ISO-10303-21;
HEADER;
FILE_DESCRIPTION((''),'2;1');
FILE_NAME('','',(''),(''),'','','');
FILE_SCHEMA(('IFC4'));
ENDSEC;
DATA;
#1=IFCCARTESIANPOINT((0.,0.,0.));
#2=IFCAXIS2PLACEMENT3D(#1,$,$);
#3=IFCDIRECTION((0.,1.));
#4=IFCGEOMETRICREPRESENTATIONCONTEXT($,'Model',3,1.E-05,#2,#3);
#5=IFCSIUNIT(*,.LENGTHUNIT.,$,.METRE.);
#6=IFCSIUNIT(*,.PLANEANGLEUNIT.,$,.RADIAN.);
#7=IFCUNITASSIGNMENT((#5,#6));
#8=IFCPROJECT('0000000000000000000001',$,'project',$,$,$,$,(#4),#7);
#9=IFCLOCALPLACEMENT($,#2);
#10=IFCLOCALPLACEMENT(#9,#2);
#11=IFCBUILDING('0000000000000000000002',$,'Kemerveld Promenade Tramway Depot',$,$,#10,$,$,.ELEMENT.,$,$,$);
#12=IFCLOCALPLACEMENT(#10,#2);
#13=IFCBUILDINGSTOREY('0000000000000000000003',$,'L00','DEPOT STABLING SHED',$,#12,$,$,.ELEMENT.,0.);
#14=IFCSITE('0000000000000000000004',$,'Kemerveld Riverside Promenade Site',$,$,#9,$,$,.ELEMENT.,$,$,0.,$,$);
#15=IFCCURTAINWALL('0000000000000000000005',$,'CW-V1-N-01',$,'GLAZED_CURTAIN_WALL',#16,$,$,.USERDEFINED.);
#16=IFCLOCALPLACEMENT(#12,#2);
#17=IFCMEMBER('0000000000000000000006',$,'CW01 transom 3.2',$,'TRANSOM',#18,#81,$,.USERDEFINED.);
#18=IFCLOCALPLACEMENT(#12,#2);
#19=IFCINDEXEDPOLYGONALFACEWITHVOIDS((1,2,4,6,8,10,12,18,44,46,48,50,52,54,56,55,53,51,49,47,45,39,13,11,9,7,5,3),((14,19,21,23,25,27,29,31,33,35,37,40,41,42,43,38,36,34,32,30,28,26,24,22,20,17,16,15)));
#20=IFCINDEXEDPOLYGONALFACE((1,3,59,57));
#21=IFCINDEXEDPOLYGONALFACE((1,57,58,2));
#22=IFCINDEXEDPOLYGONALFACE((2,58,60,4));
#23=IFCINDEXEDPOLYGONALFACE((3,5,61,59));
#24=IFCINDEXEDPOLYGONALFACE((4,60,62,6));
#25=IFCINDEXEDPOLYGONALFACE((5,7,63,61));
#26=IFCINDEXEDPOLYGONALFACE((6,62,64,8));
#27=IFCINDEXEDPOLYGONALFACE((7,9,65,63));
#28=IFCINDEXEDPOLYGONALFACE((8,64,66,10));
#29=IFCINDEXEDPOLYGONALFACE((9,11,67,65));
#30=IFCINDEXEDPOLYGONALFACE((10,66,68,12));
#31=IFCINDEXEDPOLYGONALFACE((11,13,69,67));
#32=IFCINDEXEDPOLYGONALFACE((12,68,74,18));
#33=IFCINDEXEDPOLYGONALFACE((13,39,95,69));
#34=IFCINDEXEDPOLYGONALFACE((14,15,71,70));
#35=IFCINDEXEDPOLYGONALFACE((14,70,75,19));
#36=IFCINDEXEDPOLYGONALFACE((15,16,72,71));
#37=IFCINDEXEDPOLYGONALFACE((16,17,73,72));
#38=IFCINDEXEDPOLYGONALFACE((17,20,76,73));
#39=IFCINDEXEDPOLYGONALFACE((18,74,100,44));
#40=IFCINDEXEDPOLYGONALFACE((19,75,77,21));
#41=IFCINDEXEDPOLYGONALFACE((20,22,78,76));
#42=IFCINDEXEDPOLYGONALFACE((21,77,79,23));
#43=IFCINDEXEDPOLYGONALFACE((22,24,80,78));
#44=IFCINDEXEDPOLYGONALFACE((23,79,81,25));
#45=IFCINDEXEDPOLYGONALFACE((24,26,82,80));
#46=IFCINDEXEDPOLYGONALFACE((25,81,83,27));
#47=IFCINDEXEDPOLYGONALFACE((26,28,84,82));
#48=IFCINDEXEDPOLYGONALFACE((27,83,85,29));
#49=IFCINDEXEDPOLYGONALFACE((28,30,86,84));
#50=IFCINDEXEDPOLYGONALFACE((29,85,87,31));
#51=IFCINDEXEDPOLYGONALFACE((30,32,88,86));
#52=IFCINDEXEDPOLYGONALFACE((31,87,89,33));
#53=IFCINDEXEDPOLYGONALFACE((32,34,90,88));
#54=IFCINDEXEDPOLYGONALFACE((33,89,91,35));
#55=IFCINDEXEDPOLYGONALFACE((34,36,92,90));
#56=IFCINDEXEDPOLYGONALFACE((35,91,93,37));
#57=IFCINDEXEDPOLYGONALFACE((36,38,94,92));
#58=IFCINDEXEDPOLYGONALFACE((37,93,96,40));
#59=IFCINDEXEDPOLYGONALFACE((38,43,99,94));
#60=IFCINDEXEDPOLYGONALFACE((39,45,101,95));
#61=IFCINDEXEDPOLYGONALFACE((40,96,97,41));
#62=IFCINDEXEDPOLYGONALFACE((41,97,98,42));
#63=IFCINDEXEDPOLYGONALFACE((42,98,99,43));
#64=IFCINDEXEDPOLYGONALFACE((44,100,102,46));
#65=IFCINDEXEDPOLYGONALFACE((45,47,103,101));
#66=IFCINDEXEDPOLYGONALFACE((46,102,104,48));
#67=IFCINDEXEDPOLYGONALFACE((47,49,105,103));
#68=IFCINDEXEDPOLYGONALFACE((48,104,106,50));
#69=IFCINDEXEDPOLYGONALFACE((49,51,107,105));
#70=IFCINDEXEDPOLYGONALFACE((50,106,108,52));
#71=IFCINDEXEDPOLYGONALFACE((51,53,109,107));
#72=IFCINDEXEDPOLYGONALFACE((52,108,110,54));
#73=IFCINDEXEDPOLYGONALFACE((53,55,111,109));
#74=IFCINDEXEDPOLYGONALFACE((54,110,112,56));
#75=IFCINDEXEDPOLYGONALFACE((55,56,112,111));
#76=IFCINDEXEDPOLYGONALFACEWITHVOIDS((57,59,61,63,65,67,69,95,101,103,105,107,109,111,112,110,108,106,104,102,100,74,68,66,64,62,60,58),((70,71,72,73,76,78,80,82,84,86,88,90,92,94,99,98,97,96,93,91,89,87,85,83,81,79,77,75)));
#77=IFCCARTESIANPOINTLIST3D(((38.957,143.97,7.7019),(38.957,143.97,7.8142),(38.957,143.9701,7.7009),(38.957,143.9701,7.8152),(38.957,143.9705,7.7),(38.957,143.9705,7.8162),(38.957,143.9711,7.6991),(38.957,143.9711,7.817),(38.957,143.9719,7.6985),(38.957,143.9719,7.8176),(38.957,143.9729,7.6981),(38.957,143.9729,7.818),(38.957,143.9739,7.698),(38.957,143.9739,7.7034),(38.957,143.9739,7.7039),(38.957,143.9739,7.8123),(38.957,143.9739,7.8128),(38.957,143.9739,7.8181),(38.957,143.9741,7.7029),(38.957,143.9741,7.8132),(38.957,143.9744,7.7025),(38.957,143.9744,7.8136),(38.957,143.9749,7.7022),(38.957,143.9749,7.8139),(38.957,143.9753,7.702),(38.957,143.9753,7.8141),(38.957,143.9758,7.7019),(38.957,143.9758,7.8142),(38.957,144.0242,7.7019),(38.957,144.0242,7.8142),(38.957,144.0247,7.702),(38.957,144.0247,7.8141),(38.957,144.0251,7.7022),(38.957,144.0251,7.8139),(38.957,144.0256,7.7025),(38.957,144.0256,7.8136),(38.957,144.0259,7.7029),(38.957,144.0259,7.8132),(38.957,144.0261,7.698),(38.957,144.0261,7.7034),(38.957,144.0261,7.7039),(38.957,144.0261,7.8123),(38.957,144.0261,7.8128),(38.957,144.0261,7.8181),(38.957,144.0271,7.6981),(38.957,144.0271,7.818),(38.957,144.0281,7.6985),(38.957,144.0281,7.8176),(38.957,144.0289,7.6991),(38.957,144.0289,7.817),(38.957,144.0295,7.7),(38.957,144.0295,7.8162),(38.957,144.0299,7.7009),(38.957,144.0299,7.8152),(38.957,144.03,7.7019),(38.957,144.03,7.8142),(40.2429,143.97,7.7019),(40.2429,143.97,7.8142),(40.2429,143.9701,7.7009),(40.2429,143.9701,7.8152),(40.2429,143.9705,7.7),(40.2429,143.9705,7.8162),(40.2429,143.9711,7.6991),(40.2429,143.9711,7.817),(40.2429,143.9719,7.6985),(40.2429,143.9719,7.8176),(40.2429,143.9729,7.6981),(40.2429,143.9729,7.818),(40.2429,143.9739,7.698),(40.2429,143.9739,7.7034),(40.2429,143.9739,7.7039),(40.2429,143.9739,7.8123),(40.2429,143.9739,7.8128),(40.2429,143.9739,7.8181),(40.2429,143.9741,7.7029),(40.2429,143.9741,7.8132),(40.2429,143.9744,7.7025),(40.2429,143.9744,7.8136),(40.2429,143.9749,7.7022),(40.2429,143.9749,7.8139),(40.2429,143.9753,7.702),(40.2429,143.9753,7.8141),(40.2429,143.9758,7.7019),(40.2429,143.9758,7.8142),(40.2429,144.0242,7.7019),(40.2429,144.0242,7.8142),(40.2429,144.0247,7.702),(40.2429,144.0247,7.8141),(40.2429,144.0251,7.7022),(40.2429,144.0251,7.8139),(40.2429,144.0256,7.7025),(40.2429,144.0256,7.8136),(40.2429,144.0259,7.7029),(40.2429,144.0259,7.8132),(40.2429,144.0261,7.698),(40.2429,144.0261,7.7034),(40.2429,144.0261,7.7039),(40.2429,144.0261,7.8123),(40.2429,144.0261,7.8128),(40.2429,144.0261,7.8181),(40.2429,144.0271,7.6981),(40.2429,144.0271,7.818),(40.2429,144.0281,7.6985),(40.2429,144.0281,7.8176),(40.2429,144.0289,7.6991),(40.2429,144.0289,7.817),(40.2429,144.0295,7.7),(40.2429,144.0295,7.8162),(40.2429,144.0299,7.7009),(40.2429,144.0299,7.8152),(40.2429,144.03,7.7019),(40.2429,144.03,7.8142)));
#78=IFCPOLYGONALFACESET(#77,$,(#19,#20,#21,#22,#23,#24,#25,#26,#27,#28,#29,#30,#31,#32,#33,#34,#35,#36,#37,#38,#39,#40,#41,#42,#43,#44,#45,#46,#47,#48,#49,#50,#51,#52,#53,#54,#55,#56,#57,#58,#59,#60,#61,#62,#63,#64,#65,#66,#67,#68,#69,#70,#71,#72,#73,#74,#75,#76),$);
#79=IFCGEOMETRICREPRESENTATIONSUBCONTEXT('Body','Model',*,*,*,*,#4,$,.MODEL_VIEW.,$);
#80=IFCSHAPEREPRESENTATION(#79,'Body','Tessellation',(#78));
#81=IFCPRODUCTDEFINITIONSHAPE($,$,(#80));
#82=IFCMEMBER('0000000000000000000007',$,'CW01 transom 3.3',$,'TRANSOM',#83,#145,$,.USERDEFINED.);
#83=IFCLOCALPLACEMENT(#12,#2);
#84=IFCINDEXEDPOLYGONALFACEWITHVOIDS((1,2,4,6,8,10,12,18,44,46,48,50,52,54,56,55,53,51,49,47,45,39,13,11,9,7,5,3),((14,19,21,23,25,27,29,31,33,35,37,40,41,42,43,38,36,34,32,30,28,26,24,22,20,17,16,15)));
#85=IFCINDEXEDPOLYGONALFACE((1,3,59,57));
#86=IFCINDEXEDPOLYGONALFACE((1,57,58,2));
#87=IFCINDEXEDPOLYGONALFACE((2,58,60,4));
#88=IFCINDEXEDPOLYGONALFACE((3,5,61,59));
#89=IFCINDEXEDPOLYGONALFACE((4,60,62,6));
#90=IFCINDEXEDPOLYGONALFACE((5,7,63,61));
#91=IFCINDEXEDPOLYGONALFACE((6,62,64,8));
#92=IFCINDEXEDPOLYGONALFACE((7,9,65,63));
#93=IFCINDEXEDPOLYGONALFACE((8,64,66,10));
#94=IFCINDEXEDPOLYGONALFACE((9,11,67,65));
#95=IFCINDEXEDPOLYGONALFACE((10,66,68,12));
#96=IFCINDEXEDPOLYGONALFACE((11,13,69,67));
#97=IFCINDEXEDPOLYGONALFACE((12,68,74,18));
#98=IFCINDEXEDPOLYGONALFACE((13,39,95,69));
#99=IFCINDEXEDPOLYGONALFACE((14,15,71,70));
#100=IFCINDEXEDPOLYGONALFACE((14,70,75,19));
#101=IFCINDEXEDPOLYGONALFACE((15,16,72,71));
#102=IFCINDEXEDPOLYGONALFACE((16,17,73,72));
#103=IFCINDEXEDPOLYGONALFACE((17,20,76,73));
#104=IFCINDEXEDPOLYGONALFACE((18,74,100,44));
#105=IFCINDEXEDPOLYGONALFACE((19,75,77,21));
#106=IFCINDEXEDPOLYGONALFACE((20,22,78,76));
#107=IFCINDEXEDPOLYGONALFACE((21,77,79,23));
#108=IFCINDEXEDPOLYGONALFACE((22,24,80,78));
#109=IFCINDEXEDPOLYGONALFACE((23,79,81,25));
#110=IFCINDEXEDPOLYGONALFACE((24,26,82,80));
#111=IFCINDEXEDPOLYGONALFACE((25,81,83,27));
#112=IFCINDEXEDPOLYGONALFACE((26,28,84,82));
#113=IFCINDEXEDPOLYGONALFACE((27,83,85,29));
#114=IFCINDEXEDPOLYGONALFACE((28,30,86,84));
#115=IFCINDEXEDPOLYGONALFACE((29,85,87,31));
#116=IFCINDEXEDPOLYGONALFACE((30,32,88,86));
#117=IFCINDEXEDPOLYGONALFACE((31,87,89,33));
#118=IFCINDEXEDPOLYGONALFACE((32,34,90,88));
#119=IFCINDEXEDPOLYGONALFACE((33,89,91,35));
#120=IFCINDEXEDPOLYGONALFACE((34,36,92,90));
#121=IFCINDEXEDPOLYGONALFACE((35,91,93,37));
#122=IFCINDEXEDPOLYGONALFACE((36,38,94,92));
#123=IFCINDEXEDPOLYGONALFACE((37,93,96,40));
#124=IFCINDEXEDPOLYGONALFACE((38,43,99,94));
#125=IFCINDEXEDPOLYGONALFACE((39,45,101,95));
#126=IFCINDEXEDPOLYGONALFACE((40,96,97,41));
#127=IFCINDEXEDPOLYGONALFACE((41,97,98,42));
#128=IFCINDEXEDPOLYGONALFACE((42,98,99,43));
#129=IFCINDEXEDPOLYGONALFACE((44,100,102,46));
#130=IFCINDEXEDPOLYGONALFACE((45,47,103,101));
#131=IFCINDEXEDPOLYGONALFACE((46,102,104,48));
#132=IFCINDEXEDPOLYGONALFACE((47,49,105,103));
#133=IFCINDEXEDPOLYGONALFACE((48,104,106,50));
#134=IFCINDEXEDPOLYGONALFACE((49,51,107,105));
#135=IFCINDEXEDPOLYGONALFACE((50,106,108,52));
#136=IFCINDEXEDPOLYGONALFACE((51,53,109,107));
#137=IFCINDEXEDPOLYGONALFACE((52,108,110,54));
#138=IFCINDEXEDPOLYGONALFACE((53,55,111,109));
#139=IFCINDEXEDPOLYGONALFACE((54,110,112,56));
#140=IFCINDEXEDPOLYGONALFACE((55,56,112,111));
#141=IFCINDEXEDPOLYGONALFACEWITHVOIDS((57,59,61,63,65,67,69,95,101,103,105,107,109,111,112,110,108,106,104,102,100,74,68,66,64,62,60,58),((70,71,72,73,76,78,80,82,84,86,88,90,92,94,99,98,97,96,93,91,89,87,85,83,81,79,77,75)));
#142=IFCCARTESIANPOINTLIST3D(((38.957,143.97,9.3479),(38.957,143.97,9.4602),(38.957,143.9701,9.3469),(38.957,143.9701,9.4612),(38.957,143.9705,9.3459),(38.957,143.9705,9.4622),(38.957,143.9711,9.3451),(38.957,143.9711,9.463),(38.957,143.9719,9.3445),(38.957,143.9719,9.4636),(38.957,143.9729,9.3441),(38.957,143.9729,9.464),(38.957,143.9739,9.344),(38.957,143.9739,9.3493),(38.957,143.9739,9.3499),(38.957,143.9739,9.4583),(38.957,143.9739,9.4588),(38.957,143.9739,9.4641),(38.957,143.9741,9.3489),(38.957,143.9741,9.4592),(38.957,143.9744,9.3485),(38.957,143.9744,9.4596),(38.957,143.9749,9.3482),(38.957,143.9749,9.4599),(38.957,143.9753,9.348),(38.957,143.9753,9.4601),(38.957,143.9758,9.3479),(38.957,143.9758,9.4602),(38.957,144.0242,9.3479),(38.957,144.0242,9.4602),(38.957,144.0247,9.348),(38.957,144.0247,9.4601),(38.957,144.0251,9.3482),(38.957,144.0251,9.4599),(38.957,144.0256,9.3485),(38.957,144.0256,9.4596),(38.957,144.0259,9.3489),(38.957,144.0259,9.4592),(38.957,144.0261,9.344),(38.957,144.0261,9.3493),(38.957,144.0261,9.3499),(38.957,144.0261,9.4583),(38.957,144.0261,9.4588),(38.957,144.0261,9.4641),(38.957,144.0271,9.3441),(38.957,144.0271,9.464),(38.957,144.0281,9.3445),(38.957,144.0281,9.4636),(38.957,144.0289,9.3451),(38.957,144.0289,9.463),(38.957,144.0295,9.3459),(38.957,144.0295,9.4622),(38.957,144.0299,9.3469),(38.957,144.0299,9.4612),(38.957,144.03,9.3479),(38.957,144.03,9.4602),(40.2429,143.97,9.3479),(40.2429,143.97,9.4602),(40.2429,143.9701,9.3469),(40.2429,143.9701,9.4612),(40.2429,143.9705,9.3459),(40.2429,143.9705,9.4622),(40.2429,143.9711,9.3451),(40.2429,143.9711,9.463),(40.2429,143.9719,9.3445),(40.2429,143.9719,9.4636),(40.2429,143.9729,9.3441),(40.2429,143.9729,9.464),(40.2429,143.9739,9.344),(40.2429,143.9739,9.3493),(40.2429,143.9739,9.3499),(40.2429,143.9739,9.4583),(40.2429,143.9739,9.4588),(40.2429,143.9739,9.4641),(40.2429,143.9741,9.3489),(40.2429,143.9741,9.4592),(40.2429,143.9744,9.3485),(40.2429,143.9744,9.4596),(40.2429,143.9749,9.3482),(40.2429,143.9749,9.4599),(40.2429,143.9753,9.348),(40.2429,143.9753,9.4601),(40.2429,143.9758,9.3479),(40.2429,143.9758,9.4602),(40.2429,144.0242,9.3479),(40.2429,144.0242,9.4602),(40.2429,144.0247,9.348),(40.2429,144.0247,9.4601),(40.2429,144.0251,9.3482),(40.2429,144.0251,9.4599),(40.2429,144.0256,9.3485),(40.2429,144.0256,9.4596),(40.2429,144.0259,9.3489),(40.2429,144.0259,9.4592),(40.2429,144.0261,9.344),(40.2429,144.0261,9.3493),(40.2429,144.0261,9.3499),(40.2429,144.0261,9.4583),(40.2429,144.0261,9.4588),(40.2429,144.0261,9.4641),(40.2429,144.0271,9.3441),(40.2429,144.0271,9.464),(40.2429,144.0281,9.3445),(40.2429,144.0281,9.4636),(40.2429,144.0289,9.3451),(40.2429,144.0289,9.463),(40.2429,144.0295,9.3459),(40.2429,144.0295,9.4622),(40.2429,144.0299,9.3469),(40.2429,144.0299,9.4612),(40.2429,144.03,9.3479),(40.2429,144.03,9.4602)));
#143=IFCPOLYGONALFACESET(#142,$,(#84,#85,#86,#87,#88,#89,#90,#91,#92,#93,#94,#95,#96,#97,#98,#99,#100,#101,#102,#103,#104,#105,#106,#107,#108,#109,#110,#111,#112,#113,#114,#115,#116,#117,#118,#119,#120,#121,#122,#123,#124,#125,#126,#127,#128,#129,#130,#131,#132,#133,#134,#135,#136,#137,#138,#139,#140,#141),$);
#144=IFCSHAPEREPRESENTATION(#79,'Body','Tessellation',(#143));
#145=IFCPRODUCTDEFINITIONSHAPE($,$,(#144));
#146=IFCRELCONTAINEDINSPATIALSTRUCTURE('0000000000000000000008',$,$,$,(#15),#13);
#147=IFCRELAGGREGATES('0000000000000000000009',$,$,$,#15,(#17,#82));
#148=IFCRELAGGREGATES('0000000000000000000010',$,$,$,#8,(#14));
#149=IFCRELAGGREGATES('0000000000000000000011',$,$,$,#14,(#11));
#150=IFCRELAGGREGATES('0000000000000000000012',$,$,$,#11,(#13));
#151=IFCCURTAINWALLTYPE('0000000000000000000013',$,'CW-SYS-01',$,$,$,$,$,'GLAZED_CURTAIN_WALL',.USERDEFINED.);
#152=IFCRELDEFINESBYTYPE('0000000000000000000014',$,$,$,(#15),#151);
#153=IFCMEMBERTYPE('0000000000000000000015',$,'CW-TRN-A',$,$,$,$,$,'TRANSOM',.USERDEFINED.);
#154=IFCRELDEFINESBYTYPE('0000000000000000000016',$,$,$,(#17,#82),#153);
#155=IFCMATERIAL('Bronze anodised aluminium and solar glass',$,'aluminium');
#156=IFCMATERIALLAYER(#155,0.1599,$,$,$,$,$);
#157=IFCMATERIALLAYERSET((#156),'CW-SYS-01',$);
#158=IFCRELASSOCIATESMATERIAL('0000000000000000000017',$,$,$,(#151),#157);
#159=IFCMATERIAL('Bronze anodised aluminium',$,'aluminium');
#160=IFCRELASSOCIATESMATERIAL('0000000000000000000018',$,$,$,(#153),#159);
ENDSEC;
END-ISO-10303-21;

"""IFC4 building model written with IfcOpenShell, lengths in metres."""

from ifc_helpers import new_model, si_unit, direction, frame, origin, origin_2d, place, context, subcontext, project, spatial, hollow_rectangle, extrude, material, layer, layer_set, material_profile, profile_set, type_object, element, aggregate, save


model = new_model("IFC4")

# Units and contexts
model_context = context("Model", 3, precision=1e-05, world=origin(), true_north=direction((0.0, 1.0)))
body_context = subcontext(model_context, "Body", "Model", "MODEL_VIEW")
ifc_project = project(units=[si_unit("LENGTHUNIT", "METRE"), si_unit("PLANEANGLEUNIT", "RADIAN")], contexts=[model_context])

# Site, building, storey
site_placement = place(None, origin())
site = spatial("IfcSite", under=ifc_project, at=site_placement, Name="Kemerveld Riverside Promenade Site", CompositionType="ELEMENT", RefElevation=0.0)
building_placement = place(site_placement, origin())
building = spatial("IfcBuilding", under=site, at=building_placement, Name="Kemerveld Promenade Tramway Depot", CompositionType="ELEMENT")
storey_placement = place(building_placement, origin())
storey = spatial("IfcBuildingStorey", under=building, at=storey_placement, Name="L00", Description="DEPOT STABLING SHED", CompositionType="ELEMENT", Elevation=0.0)

# Curtain wall, members
ifc_material_1 = material(Name="Bronze anodised aluminium and solar glass", Category="aluminium")
ifc_layer_1 = layer(ifc_material_1, 0.1599)
ifc_layer_set_1 = layer_set([ifc_layer_1], Name="CW-SYS-01")
curtain_wall_type_1 = type_object("IfcCurtainWallType", Name="CW-SYS-01", ElementType="GLAZED_CURTAIN_WALL", PredefinedType="USERDEFINED", material=ifc_layer_set_1)
curtain_wall_1_placement = place(storey_placement, origin())
curtain_wall_1 = element("IfcCurtainWall", 1, at=curtain_wall_1_placement, inside=storey, type_object=curtain_wall_type_1, Name="CW-V1-N-01", ObjectType="GLAZED_CURTAIN_WALL", PredefinedType="USERDEFINED")
ifc_material_2 = material(Name="Bronze anodised aluminium", Category="aluminium")
ifc_material_profile_1 = material_profile(ifc_material_2, hollow_rectangle(XDim=0.0601, YDim=0.1201, WallThickness=0.0039, InnerFilletRadius=0.002, OuterFilletRadius=0.0039, at=origin_2d()), Name="CW-TRN-120x60")
ifc_profile_set_1 = profile_set([ifc_material_profile_1], Name="Bronze anodised aluminium")
member_type_1 = type_object("IfcMemberType", Name="CW-TRN-A", ElementType="TRANSOM", PredefinedType="USERDEFINED", material=ifc_profile_set_1)
member_1_placement = place(storey_placement, frame((38.957, 144.0, 7.7581), z_axis=(1.0, 0.0, 0.0), x_axis=(0.0, 1.0, 0.0)))
member_1 = element("IfcMember", 2, at=member_1_placement, type_object=member_type_1, Name="CW01 transom 3.2", ObjectType="TRANSOM", PredefinedType="USERDEFINED", context=body_context, shape_type="SweptSolid", body=[
    extrude(hollow_rectangle(XDim=0.0601, YDim=0.1201, WallThickness=0.0039, InnerFilletRadius=0.002, OuterFilletRadius=0.0039, at=origin_2d()), origin(), (0.0, 0.0, 1.0), 1.2859),
])
member_2_placement = place(storey_placement, frame((38.957, 144.0, 9.4041), z_axis=(1.0, 0.0, 0.0), x_axis=(0.0, 1.0, 0.0)))
member_2 = element("IfcMember", 3, at=member_2_placement, type_object=member_type_1, Name="CW01 transom 3.3", ObjectType="TRANSOM", PredefinedType="USERDEFINED", context=body_context, shape_type="SweptSolid", body=[
    extrude(hollow_rectangle(XDim=0.0601, YDim=0.1201, WallThickness=0.0039, InnerFilletRadius=0.002, OuterFilletRadius=0.0039, at=origin_2d()), origin(), (0.0, 0.0, 1.0), 1.2859),
])

aggregate(curtain_wall_1, [member_1, member_2])

save(model, "model.ifc")
